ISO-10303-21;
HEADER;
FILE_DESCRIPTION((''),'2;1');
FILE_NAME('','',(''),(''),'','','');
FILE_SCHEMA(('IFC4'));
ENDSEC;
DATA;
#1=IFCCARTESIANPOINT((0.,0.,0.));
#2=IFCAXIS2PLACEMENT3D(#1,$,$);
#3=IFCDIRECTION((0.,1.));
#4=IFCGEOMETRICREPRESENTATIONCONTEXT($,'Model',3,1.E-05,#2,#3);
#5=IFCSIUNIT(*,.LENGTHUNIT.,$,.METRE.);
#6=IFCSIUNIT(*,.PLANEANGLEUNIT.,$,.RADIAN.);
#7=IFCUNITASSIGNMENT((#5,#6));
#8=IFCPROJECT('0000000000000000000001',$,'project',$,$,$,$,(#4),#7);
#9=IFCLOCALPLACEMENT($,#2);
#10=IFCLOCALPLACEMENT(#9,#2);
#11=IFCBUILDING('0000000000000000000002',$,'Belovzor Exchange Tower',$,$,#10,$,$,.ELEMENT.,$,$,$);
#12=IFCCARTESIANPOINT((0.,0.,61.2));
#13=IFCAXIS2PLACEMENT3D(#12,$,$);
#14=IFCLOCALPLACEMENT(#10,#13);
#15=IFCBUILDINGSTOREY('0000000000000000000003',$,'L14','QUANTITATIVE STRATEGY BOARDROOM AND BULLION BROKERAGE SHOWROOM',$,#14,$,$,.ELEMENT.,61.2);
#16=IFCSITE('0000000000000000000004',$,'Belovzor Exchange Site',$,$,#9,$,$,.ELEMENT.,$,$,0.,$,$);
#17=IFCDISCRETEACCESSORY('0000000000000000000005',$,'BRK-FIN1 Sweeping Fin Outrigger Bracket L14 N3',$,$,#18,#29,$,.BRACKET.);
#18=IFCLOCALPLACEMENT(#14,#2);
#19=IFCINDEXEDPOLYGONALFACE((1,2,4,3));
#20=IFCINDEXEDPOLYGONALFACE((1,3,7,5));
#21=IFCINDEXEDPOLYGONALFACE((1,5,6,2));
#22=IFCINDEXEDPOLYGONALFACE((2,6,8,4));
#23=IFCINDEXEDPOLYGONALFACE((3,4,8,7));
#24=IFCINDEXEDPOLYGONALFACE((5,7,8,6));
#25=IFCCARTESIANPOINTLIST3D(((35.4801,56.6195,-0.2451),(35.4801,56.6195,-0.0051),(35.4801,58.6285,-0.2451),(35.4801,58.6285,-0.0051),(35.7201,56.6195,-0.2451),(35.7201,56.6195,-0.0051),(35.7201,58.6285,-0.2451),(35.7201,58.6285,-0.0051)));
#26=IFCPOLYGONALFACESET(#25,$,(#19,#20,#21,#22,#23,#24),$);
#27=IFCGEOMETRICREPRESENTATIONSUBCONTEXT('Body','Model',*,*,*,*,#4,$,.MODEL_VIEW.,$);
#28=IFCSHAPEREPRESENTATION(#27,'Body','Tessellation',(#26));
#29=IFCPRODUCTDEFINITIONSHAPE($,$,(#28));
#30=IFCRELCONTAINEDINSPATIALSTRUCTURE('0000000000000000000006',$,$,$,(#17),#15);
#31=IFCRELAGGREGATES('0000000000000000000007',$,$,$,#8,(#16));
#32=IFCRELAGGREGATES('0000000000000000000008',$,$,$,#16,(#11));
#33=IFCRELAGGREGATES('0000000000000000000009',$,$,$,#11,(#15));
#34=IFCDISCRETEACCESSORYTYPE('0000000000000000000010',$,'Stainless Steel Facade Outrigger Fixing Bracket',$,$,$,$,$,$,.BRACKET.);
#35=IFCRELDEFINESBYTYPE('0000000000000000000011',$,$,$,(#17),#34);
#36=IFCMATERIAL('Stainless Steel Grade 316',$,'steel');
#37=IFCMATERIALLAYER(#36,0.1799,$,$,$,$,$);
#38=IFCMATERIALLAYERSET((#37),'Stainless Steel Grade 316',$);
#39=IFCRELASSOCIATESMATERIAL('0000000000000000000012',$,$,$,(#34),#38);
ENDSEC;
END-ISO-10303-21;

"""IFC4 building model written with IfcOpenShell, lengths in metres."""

from ifc_helpers import new_model, si_unit, direction, frame, origin, origin_2d, place, context, subcontext, project, spatial, rectangle, extrude, material, layer, layer_set, type_object, element, save


model = new_model("IFC4")

# Units and contexts
model_context = context("Model", 3, precision=1e-05, world=origin(), true_north=direction((0.0, 1.0)))
body_context = subcontext(model_context, "Body", "Model", "MODEL_VIEW")
ifc_project = project(units=[si_unit("LENGTHUNIT", "METRE"), si_unit("PLANEANGLEUNIT", "RADIAN")], contexts=[model_context])

# Site, building, storey
site_placement = place(None, origin())
site = spatial("IfcSite", under=ifc_project, at=site_placement, Name="Belovzor Exchange Site", CompositionType="ELEMENT", RefElevation=0.0)
building_placement = place(site_placement, origin())
building = spatial("IfcBuilding", under=site, at=building_placement, Name="Belovzor Exchange Tower", CompositionType="ELEMENT")
storey_placement = place(building_placement, frame((0.0, 0.0, 61.2)))
storey = spatial("IfcBuildingStorey", under=building, at=storey_placement, Name="L14", Description="QUANTITATIVE STRATEGY BOARDROOM AND BULLION BROKERAGE SHOWROOM", CompositionType="ELEMENT", Elevation=61.2)

# Discrete accessory
ifc_material_1 = material(Name="Stainless Steel Grade 316", Category="steel")
ifc_layer_1 = layer(ifc_material_1, 0.1799)
ifc_layer_set_1 = layer_set([ifc_layer_1], Name="Stainless Steel Grade 316")
discrete_accessory_type = type_object("IfcDiscreteAccessoryType", Name="Stainless Steel Facade Outrigger Fixing Bracket", PredefinedType="BRACKET", material=ifc_layer_set_1)
discrete_accessory_placement = place(storey_placement, frame((35.6001, 57.624, -0.2451), z_axis=(0.0, 0.0, 1.0), x_axis=(0.0, 1.0, 0.0)))
element("IfcDiscreteAccessory", 1, at=discrete_accessory_placement, inside=storey, type_object=discrete_accessory_type, Name="BRK-FIN1 Sweeping Fin Outrigger Bracket L14 N3", PredefinedType="BRACKET", context=body_context, shape_type="SweptSolid", body=[
    extrude(rectangle(XDim=2.009, YDim=0.24, at=origin_2d()), origin(), (0.0, 0.0, 1.0), 0.24),
])

save(model, "model.ifc")
